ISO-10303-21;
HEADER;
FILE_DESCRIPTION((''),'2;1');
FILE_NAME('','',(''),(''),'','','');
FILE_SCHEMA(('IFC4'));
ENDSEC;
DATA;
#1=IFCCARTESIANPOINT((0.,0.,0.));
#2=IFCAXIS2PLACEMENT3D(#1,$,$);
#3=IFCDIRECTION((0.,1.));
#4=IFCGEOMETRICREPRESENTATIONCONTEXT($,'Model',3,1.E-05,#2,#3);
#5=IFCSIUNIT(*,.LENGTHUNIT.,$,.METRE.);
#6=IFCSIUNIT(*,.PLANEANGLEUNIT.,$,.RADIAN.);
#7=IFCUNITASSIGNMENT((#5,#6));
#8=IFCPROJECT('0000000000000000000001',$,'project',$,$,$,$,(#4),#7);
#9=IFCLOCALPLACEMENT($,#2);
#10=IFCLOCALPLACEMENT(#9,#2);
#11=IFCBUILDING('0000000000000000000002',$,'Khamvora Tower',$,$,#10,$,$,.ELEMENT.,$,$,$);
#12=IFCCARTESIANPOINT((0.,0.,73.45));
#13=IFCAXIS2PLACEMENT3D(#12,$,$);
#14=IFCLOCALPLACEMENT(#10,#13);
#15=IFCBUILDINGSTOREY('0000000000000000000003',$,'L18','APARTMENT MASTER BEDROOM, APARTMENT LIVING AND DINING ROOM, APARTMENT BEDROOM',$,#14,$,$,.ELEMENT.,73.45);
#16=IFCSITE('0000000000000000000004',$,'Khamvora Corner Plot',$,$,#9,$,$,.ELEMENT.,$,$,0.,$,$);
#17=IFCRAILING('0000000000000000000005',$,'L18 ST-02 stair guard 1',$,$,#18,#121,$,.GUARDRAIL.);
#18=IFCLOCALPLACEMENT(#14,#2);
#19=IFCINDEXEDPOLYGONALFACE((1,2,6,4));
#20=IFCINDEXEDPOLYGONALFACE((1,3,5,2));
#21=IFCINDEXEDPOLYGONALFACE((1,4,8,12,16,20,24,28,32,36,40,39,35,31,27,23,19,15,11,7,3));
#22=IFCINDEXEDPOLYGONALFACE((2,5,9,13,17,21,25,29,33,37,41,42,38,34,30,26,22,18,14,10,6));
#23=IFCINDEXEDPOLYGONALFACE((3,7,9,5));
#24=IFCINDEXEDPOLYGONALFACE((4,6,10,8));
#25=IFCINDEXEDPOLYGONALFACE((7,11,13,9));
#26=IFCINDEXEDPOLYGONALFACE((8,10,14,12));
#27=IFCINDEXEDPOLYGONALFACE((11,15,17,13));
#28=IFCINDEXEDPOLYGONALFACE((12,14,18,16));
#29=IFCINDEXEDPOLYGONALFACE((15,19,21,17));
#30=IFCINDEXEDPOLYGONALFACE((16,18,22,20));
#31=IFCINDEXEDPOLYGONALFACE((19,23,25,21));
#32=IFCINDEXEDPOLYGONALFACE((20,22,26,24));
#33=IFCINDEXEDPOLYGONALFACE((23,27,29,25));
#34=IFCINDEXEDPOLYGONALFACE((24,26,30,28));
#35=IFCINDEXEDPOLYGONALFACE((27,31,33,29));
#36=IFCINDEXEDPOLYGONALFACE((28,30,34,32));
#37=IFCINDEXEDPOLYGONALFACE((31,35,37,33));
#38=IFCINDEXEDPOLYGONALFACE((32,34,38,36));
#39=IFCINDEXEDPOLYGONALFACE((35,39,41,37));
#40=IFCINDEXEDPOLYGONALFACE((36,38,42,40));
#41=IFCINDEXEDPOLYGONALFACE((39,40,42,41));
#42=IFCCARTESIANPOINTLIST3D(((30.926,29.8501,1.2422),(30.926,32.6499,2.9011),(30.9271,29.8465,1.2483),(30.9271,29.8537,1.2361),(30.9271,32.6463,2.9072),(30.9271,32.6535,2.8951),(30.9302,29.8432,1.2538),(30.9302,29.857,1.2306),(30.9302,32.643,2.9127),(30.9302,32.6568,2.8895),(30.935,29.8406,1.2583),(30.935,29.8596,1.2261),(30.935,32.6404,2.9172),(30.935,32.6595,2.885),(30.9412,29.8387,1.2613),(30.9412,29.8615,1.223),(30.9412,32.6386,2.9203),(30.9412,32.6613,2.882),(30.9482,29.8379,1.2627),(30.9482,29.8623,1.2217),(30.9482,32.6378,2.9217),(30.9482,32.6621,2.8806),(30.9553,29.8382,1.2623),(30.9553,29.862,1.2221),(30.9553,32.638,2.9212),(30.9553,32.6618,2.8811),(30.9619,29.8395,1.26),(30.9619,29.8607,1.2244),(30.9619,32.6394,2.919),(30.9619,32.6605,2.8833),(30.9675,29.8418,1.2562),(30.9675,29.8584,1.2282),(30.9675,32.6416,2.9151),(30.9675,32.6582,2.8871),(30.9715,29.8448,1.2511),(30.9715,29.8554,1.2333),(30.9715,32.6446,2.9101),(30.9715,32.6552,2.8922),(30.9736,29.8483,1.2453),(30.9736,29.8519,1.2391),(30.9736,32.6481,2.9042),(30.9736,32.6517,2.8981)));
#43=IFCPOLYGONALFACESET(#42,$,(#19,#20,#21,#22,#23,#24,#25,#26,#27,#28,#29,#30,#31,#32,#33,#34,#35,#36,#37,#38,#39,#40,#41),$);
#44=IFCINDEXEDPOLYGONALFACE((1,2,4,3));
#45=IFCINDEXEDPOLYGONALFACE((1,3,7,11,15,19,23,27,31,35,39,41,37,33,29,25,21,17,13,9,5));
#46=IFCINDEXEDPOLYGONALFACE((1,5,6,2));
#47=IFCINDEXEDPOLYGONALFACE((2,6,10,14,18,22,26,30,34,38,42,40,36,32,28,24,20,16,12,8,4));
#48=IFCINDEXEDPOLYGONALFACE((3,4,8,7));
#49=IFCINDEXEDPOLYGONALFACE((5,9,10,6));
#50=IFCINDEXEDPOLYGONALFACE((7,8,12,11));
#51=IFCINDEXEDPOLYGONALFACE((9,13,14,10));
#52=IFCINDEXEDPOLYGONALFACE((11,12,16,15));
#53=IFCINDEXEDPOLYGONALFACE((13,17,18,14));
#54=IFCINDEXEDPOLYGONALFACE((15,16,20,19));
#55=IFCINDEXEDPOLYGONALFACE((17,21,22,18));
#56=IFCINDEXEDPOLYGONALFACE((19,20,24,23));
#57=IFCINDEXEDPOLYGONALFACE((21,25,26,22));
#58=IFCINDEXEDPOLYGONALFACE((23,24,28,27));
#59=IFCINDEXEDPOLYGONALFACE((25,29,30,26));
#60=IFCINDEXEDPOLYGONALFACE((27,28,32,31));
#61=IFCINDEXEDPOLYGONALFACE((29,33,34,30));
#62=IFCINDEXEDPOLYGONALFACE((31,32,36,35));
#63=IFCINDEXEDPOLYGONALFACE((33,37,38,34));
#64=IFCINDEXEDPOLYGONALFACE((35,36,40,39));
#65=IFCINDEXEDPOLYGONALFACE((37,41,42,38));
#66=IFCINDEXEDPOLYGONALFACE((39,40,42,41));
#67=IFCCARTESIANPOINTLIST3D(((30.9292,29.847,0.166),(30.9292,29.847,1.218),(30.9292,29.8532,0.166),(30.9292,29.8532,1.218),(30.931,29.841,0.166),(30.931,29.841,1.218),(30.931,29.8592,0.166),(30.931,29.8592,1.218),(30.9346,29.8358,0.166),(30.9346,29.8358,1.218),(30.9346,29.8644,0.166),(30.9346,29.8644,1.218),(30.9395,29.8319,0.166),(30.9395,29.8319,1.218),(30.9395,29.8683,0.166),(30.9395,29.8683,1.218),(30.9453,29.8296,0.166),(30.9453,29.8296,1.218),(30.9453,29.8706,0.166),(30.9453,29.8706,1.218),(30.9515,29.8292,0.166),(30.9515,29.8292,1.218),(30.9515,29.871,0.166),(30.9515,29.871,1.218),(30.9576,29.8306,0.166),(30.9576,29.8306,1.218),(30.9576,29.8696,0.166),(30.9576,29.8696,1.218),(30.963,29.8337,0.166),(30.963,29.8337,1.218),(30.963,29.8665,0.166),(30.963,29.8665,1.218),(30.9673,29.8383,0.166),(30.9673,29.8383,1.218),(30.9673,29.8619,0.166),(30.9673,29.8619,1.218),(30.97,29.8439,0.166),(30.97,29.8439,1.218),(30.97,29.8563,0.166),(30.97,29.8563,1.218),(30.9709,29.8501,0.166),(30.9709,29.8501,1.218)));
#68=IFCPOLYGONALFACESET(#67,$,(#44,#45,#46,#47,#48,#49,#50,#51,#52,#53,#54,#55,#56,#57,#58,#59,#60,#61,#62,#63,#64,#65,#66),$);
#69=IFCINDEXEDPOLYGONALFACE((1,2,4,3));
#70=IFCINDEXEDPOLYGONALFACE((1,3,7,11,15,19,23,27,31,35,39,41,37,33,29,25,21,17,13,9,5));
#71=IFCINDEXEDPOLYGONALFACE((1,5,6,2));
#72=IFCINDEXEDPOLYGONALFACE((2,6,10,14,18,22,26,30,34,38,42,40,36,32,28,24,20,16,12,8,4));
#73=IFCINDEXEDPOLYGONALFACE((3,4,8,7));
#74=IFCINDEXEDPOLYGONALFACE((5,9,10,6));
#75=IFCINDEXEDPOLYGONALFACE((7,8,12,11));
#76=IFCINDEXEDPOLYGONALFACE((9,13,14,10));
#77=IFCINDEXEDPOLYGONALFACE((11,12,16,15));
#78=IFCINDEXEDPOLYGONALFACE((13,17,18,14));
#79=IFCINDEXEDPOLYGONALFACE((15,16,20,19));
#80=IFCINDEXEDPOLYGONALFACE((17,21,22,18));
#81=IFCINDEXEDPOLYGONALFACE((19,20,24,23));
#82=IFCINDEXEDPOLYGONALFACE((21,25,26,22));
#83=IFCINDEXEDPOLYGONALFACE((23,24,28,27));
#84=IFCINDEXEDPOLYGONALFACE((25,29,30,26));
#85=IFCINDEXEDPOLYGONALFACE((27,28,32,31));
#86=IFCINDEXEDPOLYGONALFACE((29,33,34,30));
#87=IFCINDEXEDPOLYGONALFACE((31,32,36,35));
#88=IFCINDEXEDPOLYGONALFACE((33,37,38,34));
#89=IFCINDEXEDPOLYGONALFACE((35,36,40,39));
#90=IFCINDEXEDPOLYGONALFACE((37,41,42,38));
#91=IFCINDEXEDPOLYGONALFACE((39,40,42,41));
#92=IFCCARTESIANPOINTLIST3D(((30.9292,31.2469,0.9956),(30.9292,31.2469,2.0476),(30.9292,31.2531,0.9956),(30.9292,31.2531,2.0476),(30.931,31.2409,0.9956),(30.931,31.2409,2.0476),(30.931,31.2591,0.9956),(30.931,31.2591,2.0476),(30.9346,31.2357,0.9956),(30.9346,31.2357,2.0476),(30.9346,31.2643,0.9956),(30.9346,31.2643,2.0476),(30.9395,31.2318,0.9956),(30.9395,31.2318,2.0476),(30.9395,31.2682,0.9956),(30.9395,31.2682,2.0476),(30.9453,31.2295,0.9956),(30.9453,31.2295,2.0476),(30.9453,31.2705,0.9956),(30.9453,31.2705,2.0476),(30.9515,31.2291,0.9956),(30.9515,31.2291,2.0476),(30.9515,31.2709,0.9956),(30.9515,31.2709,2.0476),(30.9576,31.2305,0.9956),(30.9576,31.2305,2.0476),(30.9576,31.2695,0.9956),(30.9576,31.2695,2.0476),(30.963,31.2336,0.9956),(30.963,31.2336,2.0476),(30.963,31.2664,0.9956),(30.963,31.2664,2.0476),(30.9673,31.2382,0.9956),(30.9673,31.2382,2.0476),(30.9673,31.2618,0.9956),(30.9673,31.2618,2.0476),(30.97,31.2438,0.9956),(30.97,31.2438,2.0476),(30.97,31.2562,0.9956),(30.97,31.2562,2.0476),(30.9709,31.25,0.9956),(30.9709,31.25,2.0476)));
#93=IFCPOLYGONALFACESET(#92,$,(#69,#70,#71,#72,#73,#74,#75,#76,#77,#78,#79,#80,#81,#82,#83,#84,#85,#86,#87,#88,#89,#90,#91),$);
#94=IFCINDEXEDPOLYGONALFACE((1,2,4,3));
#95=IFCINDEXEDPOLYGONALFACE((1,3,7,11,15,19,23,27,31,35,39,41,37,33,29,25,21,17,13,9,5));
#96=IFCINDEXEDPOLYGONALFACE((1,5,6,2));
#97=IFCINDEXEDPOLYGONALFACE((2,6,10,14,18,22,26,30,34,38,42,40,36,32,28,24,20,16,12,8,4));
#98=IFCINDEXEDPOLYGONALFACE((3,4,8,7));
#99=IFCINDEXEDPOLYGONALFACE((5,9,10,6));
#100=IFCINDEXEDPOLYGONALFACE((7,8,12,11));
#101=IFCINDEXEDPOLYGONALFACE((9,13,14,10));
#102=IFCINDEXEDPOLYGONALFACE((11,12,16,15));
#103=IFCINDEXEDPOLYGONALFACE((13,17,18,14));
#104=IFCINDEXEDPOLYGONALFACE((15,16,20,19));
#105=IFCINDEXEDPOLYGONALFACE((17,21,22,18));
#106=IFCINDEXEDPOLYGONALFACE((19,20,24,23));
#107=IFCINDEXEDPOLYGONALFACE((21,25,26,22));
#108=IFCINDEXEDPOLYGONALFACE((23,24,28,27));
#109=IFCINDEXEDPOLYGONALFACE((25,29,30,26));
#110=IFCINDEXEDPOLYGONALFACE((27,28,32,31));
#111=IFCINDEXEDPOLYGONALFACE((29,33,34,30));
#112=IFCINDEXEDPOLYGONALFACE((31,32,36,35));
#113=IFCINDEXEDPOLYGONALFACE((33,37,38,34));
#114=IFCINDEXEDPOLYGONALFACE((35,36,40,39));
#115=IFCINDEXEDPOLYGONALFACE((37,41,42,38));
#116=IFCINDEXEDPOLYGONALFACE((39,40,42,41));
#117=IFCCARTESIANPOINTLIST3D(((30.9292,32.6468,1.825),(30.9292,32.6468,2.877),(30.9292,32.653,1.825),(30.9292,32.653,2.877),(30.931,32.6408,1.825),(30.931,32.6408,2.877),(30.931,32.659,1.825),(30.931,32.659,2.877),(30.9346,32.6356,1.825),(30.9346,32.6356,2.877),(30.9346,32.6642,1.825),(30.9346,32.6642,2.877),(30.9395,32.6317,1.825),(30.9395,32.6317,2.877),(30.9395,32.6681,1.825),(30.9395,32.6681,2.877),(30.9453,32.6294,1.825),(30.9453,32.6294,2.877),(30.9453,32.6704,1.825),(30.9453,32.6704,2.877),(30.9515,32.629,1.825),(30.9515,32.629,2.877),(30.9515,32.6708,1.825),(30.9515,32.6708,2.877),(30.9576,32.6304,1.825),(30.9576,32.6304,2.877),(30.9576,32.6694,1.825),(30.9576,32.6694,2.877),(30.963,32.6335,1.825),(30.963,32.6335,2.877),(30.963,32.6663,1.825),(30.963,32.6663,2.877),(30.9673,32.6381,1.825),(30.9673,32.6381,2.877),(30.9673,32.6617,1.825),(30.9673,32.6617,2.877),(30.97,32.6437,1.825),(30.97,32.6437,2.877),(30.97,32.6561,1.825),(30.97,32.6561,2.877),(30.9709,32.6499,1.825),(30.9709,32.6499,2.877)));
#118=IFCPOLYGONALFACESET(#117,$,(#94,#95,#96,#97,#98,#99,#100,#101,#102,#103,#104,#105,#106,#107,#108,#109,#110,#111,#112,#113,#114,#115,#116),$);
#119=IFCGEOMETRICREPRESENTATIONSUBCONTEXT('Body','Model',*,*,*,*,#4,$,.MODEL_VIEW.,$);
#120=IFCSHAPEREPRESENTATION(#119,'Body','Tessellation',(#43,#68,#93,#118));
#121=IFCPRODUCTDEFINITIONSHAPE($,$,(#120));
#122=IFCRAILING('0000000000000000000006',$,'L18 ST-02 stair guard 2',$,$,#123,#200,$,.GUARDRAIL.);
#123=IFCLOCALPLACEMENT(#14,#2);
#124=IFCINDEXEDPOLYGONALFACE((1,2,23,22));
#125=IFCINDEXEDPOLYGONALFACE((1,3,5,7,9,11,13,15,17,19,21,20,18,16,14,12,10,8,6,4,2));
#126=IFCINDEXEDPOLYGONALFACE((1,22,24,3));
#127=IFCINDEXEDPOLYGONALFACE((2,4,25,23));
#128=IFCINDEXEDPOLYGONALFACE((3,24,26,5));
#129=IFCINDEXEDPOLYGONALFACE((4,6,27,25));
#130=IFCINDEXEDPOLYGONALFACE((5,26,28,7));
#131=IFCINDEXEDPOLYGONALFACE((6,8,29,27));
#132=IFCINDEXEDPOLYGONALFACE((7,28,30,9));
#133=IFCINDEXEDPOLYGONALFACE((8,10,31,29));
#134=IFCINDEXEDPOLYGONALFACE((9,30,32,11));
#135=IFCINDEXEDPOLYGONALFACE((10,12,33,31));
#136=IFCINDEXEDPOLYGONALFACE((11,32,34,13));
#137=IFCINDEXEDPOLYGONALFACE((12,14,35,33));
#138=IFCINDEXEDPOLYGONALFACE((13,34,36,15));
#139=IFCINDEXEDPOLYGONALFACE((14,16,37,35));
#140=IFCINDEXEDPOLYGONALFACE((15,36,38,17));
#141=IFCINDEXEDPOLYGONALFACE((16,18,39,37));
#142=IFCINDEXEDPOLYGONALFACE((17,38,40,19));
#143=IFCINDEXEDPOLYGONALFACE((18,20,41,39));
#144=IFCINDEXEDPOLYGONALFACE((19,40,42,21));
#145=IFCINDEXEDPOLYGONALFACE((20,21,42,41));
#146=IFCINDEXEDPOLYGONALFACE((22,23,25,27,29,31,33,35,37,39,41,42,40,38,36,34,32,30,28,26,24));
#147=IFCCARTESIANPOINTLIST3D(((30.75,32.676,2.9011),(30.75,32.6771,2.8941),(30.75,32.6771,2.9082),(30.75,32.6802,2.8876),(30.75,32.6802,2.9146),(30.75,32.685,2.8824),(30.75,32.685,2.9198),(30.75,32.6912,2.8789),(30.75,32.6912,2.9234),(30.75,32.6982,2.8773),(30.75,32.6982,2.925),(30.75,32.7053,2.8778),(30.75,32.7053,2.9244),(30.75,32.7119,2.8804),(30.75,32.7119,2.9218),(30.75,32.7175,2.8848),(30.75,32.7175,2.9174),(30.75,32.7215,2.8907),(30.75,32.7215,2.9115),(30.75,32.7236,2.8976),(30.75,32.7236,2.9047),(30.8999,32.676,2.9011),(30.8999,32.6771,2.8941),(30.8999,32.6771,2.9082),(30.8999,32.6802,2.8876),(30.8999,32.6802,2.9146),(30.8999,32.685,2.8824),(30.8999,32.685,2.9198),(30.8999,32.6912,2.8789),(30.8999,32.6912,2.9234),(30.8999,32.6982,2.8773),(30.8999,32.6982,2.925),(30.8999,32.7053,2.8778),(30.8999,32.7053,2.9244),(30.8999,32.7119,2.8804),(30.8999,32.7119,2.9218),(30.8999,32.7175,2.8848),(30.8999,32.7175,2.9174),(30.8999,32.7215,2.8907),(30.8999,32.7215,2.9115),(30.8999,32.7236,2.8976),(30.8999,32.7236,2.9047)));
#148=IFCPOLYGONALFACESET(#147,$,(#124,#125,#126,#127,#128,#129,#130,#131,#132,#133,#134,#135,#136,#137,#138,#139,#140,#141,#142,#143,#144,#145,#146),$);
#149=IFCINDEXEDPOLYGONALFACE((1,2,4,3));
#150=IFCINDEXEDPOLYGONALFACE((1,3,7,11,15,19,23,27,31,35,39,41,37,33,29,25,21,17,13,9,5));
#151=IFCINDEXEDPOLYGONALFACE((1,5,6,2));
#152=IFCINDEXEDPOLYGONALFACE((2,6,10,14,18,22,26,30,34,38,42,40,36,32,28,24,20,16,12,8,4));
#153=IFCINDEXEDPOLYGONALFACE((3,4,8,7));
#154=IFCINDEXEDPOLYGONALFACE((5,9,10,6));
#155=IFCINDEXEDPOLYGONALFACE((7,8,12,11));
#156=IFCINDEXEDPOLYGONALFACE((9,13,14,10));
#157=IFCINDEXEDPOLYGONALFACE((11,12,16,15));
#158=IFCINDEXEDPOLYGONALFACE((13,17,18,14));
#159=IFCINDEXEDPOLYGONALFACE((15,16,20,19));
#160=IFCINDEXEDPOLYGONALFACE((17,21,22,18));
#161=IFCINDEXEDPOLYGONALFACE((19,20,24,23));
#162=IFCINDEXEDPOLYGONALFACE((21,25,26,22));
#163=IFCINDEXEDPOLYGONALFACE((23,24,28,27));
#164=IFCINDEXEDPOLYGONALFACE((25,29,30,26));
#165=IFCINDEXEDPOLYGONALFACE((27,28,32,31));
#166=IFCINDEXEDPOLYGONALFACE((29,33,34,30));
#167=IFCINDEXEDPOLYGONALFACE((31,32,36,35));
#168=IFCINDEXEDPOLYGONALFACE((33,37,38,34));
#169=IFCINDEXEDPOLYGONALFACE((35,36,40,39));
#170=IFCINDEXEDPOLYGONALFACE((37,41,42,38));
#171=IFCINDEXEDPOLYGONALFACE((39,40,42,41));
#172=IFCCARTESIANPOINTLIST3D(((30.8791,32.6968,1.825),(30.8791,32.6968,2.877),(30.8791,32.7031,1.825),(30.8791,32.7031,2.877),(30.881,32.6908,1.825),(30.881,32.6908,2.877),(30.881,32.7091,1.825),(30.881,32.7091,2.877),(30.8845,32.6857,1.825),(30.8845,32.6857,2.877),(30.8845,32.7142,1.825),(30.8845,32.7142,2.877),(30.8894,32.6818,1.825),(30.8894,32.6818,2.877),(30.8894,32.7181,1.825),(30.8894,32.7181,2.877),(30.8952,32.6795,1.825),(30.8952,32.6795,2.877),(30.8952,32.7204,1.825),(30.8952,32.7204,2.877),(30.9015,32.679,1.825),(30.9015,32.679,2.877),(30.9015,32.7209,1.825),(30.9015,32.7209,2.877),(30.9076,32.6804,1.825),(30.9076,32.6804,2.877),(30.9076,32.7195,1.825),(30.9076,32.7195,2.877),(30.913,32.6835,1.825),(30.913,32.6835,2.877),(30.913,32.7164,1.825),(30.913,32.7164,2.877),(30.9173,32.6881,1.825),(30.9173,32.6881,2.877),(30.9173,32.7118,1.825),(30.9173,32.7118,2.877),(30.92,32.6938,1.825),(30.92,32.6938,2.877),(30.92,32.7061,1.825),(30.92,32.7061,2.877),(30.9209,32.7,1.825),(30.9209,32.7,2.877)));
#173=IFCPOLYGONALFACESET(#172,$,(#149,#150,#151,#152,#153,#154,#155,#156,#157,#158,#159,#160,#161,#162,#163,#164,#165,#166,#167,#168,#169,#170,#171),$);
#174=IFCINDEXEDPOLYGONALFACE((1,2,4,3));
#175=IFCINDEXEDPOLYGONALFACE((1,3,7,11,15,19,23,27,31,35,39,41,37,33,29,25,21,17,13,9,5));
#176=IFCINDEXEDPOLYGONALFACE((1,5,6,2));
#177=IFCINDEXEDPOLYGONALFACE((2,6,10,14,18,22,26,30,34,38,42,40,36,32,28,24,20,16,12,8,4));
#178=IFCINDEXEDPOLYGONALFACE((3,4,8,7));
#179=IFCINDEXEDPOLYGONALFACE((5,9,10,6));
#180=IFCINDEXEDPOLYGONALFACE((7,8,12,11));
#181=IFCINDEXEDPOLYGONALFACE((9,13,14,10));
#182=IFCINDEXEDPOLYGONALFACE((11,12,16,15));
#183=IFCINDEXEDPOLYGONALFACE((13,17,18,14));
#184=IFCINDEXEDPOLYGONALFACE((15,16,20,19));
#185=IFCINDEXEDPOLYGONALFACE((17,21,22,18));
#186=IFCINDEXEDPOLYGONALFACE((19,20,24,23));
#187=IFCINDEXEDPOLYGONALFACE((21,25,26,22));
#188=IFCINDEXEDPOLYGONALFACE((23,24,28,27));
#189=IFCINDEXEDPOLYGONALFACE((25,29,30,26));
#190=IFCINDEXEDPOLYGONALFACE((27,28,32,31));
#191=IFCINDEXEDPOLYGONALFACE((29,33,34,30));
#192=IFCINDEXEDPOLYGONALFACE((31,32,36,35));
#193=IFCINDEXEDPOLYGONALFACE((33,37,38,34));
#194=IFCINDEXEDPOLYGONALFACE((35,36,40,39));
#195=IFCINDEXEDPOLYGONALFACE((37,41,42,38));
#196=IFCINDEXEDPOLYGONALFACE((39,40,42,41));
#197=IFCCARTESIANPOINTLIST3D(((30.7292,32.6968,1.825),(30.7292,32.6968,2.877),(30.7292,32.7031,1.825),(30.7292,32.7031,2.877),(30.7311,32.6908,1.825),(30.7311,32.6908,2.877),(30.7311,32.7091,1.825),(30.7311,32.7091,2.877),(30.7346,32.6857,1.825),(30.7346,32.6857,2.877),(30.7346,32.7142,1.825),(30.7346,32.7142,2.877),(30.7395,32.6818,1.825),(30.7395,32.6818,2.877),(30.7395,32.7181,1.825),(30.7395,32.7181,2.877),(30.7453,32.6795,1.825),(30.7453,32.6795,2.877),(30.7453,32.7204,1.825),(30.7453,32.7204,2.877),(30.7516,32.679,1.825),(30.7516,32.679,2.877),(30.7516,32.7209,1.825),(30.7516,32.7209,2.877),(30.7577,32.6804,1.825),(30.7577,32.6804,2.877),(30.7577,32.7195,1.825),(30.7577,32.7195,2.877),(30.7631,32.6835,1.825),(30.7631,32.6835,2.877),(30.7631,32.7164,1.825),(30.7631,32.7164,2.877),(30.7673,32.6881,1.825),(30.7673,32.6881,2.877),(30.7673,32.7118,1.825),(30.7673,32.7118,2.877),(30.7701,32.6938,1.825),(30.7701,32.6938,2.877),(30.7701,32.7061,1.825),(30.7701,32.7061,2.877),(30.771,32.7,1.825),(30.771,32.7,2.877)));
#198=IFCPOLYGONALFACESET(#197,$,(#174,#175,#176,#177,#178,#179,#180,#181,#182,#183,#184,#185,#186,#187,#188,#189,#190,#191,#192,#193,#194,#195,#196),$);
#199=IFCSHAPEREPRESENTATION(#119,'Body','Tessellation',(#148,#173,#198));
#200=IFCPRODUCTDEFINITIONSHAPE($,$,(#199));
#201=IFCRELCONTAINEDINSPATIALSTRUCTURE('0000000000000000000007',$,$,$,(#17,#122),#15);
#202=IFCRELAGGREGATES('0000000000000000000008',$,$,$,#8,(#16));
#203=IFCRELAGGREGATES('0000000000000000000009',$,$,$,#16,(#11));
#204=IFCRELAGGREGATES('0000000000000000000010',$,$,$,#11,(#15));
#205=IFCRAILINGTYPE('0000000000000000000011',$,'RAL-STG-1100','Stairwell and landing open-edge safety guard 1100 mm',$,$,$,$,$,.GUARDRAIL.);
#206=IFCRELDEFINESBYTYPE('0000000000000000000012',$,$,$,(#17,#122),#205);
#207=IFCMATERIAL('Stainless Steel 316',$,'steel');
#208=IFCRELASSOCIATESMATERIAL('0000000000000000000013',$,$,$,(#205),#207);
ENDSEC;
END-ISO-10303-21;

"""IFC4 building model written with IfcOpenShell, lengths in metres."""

from ifc_helpers import new_model, si_unit, direction, frame, origin, origin_2d, place, context, subcontext, project, spatial, circle, extrude, material, type_object, element, save


model = new_model("IFC4")

# Units and contexts
model_context = context("Model", 3, precision=1e-05, world=origin(), true_north=direction((0.0, 1.0)))
body_context = subcontext(model_context, "Body", "Model", "MODEL_VIEW")
ifc_project = project(units=[si_unit("LENGTHUNIT", "METRE"), si_unit("PLANEANGLEUNIT", "RADIAN")], contexts=[model_context])

# Site, building, storey
site_placement = place(None, origin())
site = spatial("IfcSite", under=ifc_project, at=site_placement, Name="Khamvora Corner Plot", CompositionType="ELEMENT", RefElevation=0.0)
building_placement = place(site_placement, origin())
building = spatial("IfcBuilding", under=site, at=building_placement, Name="Khamvora Tower", CompositionType="ELEMENT")
storey_placement = place(building_placement, frame((0.0, 0.0, 73.45)))
storey = spatial("IfcBuildingStorey", under=building, at=storey_placement, Name="L18", Description="APARTMENT MASTER BEDROOM, APARTMENT LIVING AND DINING ROOM, APARTMENT BEDROOM", CompositionType="ELEMENT", Elevation=73.45)

# Railings
ifc_material_1 = material(Name="Stainless Steel 316", Category="steel")
railing_type_1 = type_object("IfcRailingType", Name="RAL-STG-1100", Description="Stairwell and landing open-edge safety guard 1100 mm", PredefinedType="GUARDRAIL", material=ifc_material_1)
railing_1_placement = place(storey_placement, frame((30.95, 29.8501, 0.166)))
element("IfcRailing", 1, at=railing_1_placement, inside=storey, type_object=railing_type_1, Name="L18 ST-02 stair guard 1", PredefinedType="GUARDRAIL", context=body_context, shape_type="SweptSolid", body=[
    extrude(circle(Radius=0.0239, at=origin_2d()), frame((0.0, 0.0, 1.0762), z_axis=(0.0, 0.86032, 0.509755), x_axis=(-1.0, 0.0, 0.0)), (0.0, 0.0, 1.0), 3.2544),
    extrude(circle(Radius=0.021, at=origin_2d()), origin(), (0.0, 0.0, 1.0), 1.052),
    extrude(circle(Radius=0.021, at=origin_2d()), frame((0.0, 1.3999, 0.8296)), (0.0, 0.0, 1.0), 1.052),
    extrude(circle(Radius=0.021, at=origin_2d()), frame((0.0, 2.7998, 1.6589)), (0.0, 0.0, 1.0), 1.052),
])
railing_2_placement = place(storey_placement, frame((30.8999, 32.7, 1.825)))
element("IfcRailing", 2, at=railing_2_placement, inside=storey, type_object=railing_type_1, Name="L18 ST-02 stair guard 2", PredefinedType="GUARDRAIL", context=body_context, shape_type="SweptSolid", body=[
    extrude(circle(Radius=0.0239, at=origin_2d()), frame((0.0, 0.0, 1.0762), z_axis=(-1.0, 0.0, 0.0), x_axis=(0.0, -1.0, 0.0)), (0.0, 0.0, 1.0), 0.1499),
    extrude(circle(Radius=0.021, at=origin_2d()), origin(), (0.0, 0.0, 1.0), 1.052),
    extrude(circle(Radius=0.021, at=origin_2d()), frame((-0.1499, 0.0, 0.0)), (0.0, 0.0, 1.0), 1.052),
])

save(model, "model.ifc")
